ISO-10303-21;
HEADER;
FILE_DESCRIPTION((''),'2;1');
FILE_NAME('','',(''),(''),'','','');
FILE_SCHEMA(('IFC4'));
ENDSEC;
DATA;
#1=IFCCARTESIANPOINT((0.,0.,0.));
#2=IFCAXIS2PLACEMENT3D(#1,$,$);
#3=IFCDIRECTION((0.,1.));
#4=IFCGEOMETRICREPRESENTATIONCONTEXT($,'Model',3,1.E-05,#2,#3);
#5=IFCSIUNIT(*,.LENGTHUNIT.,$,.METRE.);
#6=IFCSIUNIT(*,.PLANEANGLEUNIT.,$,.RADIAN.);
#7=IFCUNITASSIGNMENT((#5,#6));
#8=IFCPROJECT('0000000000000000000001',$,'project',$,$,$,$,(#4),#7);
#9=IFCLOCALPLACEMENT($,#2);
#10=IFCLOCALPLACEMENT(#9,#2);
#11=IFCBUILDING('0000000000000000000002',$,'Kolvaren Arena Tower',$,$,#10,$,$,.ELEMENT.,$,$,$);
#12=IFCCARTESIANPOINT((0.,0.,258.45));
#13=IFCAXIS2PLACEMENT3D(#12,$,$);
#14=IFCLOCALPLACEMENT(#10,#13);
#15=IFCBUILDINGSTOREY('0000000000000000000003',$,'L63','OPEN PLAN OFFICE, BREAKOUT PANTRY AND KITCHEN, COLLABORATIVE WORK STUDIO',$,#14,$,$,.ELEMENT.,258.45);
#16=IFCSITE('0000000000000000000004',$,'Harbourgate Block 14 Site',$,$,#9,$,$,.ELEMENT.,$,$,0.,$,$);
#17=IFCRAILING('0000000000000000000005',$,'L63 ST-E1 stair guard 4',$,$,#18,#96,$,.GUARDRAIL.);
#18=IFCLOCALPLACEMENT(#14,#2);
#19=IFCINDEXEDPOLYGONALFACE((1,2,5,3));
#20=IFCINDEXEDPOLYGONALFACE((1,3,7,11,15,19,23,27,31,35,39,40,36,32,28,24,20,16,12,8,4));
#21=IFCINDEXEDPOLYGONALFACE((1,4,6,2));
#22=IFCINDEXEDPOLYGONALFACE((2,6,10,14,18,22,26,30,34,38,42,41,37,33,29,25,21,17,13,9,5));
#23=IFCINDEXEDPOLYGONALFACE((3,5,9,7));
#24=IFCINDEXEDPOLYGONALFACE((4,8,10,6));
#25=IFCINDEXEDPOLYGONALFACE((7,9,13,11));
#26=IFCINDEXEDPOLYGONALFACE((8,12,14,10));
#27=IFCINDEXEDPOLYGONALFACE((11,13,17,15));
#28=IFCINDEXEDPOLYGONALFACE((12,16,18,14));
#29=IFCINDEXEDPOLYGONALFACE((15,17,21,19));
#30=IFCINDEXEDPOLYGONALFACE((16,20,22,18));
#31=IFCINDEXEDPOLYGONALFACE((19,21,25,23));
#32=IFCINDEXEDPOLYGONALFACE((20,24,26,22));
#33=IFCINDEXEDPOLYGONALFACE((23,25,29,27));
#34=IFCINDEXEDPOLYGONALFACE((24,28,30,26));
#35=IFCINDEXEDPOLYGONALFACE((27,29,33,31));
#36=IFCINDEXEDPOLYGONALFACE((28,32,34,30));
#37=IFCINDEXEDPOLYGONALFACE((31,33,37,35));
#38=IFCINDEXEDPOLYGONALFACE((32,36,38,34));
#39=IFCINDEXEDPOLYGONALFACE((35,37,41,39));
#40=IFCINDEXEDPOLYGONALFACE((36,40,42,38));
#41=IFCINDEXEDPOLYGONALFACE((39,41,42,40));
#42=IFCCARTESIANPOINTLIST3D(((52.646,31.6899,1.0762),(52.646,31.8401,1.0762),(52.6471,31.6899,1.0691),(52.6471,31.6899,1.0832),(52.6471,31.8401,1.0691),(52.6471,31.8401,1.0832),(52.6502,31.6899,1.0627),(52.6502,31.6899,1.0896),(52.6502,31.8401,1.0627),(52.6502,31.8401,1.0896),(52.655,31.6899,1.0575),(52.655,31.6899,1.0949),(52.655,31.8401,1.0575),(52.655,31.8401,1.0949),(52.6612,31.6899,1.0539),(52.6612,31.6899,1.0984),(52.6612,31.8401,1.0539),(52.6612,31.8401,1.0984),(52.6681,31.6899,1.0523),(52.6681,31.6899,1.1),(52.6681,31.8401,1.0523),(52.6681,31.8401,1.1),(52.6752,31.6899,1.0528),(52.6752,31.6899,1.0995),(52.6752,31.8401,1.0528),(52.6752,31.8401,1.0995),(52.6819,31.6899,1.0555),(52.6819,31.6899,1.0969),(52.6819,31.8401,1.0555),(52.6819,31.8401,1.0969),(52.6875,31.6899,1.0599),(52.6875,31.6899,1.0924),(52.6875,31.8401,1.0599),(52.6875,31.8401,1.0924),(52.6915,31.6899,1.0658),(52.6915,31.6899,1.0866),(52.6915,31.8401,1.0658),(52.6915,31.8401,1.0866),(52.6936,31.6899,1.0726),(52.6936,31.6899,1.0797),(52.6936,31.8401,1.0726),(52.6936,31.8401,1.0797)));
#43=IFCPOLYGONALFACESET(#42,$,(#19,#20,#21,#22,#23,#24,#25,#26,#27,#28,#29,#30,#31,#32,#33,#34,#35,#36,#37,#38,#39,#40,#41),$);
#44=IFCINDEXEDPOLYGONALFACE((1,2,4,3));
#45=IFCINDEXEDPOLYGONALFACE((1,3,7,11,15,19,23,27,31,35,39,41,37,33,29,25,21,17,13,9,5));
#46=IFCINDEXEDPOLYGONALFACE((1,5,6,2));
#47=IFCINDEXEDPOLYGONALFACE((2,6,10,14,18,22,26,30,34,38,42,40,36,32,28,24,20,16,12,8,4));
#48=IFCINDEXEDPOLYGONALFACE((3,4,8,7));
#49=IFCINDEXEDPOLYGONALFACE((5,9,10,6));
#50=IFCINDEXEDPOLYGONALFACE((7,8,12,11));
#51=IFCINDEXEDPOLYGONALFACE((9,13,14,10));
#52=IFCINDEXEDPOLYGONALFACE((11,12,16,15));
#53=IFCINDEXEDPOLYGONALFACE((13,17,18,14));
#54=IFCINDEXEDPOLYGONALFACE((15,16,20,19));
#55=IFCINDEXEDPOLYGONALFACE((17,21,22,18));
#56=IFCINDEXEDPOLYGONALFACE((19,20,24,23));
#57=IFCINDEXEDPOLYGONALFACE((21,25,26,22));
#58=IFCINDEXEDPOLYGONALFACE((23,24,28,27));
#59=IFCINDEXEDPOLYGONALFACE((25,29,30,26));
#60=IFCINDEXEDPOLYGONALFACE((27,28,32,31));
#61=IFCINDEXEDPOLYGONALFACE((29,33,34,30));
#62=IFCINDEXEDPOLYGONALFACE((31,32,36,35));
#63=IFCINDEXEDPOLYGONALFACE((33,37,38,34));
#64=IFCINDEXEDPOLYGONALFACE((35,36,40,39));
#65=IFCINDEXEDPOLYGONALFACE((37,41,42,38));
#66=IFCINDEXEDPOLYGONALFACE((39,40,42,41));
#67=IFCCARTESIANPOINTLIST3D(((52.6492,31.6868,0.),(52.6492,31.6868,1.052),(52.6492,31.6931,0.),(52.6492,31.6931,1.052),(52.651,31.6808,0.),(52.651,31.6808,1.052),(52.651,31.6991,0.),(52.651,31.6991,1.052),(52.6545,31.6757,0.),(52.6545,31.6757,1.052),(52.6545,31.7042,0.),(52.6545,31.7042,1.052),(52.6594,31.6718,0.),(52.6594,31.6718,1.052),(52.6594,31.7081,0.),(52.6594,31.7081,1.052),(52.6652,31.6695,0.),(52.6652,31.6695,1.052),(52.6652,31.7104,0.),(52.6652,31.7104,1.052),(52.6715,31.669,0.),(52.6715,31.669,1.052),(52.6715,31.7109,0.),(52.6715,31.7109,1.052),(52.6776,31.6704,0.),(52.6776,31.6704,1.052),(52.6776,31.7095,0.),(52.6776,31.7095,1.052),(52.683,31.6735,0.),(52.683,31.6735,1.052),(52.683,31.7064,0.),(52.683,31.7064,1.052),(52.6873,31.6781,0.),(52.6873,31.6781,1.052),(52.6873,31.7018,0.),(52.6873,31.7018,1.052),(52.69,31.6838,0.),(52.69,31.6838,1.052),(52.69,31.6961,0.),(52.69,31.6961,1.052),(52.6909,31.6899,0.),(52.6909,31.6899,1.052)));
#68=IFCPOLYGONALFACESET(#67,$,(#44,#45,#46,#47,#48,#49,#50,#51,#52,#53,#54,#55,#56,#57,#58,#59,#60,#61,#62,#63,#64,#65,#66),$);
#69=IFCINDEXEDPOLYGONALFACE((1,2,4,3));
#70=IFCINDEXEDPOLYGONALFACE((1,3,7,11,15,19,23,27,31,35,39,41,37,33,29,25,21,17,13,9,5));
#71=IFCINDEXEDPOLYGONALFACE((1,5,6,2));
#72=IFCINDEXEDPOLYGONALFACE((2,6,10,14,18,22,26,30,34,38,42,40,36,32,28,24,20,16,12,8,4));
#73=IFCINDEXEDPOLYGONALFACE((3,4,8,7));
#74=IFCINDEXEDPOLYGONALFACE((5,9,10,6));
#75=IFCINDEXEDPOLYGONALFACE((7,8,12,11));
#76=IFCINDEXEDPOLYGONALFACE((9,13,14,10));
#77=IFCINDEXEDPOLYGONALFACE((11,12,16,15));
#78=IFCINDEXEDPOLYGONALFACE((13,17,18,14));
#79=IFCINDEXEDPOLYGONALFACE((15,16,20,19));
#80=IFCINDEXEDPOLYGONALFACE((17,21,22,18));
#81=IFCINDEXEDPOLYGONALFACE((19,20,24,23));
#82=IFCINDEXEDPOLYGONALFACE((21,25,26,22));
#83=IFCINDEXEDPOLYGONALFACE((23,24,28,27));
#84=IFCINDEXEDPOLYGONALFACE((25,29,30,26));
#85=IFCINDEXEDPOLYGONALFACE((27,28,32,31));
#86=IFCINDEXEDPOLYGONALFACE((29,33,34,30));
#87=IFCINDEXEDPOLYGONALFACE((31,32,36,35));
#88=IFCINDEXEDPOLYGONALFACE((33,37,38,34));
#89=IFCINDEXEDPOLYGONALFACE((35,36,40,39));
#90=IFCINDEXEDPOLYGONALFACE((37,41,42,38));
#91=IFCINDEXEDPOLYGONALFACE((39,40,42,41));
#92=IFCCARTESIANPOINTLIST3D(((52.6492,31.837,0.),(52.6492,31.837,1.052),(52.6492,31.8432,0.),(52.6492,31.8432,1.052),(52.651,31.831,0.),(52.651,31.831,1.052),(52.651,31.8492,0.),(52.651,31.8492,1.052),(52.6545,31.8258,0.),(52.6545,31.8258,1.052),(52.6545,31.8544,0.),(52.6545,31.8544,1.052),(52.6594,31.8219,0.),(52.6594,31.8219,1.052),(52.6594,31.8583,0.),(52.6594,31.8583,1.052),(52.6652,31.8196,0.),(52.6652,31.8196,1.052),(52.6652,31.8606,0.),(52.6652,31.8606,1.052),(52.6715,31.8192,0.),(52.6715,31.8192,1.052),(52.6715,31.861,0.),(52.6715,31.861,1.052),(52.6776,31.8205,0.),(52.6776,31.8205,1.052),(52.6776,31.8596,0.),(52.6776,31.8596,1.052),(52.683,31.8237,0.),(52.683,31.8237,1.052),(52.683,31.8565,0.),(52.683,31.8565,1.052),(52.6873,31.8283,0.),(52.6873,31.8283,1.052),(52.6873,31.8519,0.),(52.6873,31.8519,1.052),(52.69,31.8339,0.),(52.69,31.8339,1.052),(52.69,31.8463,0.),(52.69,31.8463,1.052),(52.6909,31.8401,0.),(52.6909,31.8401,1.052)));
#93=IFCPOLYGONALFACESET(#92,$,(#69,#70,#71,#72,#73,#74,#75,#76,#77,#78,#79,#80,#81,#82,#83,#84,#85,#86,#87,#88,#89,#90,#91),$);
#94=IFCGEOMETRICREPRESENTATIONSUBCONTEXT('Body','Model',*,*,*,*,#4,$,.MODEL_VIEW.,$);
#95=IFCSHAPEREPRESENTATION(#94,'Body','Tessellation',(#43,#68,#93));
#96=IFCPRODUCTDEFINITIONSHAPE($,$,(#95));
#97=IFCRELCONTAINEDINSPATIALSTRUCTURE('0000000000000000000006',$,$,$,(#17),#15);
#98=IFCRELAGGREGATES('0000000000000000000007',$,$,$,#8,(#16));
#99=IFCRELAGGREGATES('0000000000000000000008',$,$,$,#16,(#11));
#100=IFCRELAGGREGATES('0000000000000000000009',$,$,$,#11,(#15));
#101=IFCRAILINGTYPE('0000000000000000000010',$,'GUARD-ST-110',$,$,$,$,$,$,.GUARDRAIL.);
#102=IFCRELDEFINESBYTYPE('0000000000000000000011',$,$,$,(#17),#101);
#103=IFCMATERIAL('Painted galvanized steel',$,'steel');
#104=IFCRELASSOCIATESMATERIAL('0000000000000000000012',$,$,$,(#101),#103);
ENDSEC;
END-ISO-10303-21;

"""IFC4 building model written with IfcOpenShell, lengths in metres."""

from ifc_helpers import new_model, si_unit, direction, frame, origin, origin_2d, place, context, subcontext, project, spatial, circle, extrude, material, type_object, element, save


model = new_model("IFC4")

# Units and contexts
model_context = context("Model", 3, precision=1e-05, world=origin(), true_north=direction((0.0, 1.0)))
body_context = subcontext(model_context, "Body", "Model", "MODEL_VIEW")
ifc_project = project(units=[si_unit("LENGTHUNIT", "METRE"), si_unit("PLANEANGLEUNIT", "RADIAN")], contexts=[model_context])

# Site, building, storey
site_placement = place(None, origin())
site = spatial("IfcSite", under=ifc_project, at=site_placement, Name="Harbourgate Block 14 Site", CompositionType="ELEMENT", RefElevation=0.0)
building_placement = place(site_placement, origin())
building = spatial("IfcBuilding", under=site, at=building_placement, Name="Kolvaren Arena Tower", CompositionType="ELEMENT")
storey_placement = place(building_placement, frame((0.0, 0.0, 258.45)))
storey = spatial("IfcBuildingStorey", under=building, at=storey_placement, Name="L63", Description="OPEN PLAN OFFICE, BREAKOUT PANTRY AND KITCHEN, COLLABORATIVE WORK STUDIO", CompositionType="ELEMENT", Elevation=258.45)

# Railing
ifc_material_1 = material(Name="Painted galvanized steel", Category="steel")
railing_type_1 = type_object("IfcRailingType", Name="GUARD-ST-110", PredefinedType="GUARDRAIL", material=ifc_material_1)
railing_1_placement = place(storey_placement, frame((52.6699, 31.6899, 0.0)))
element("IfcRailing", 1, at=railing_1_placement, inside=storey, type_object=railing_type_1, Name="L63 ST-E1 stair guard 4", PredefinedType="GUARDRAIL", context=body_context, shape_type="SweptSolid", body=[
    extrude(circle(Radius=0.0239, at=origin_2d()), frame((0.0, 0.0, 1.0762), z_axis=(0.0, 1.0, 0.0), x_axis=(-1.0, 0.0, 0.0)), (0.0, 0.0, 1.0), 0.1501),
    extrude(circle(Radius=0.021, at=origin_2d()), origin(), (0.0, 0.0, 1.0), 1.052),
    extrude(circle(Radius=0.021, at=origin_2d()), frame((0.0, 0.1501, 0.0)), (0.0, 0.0, 1.0), 1.052),
])

save(model, "model.ifc")
